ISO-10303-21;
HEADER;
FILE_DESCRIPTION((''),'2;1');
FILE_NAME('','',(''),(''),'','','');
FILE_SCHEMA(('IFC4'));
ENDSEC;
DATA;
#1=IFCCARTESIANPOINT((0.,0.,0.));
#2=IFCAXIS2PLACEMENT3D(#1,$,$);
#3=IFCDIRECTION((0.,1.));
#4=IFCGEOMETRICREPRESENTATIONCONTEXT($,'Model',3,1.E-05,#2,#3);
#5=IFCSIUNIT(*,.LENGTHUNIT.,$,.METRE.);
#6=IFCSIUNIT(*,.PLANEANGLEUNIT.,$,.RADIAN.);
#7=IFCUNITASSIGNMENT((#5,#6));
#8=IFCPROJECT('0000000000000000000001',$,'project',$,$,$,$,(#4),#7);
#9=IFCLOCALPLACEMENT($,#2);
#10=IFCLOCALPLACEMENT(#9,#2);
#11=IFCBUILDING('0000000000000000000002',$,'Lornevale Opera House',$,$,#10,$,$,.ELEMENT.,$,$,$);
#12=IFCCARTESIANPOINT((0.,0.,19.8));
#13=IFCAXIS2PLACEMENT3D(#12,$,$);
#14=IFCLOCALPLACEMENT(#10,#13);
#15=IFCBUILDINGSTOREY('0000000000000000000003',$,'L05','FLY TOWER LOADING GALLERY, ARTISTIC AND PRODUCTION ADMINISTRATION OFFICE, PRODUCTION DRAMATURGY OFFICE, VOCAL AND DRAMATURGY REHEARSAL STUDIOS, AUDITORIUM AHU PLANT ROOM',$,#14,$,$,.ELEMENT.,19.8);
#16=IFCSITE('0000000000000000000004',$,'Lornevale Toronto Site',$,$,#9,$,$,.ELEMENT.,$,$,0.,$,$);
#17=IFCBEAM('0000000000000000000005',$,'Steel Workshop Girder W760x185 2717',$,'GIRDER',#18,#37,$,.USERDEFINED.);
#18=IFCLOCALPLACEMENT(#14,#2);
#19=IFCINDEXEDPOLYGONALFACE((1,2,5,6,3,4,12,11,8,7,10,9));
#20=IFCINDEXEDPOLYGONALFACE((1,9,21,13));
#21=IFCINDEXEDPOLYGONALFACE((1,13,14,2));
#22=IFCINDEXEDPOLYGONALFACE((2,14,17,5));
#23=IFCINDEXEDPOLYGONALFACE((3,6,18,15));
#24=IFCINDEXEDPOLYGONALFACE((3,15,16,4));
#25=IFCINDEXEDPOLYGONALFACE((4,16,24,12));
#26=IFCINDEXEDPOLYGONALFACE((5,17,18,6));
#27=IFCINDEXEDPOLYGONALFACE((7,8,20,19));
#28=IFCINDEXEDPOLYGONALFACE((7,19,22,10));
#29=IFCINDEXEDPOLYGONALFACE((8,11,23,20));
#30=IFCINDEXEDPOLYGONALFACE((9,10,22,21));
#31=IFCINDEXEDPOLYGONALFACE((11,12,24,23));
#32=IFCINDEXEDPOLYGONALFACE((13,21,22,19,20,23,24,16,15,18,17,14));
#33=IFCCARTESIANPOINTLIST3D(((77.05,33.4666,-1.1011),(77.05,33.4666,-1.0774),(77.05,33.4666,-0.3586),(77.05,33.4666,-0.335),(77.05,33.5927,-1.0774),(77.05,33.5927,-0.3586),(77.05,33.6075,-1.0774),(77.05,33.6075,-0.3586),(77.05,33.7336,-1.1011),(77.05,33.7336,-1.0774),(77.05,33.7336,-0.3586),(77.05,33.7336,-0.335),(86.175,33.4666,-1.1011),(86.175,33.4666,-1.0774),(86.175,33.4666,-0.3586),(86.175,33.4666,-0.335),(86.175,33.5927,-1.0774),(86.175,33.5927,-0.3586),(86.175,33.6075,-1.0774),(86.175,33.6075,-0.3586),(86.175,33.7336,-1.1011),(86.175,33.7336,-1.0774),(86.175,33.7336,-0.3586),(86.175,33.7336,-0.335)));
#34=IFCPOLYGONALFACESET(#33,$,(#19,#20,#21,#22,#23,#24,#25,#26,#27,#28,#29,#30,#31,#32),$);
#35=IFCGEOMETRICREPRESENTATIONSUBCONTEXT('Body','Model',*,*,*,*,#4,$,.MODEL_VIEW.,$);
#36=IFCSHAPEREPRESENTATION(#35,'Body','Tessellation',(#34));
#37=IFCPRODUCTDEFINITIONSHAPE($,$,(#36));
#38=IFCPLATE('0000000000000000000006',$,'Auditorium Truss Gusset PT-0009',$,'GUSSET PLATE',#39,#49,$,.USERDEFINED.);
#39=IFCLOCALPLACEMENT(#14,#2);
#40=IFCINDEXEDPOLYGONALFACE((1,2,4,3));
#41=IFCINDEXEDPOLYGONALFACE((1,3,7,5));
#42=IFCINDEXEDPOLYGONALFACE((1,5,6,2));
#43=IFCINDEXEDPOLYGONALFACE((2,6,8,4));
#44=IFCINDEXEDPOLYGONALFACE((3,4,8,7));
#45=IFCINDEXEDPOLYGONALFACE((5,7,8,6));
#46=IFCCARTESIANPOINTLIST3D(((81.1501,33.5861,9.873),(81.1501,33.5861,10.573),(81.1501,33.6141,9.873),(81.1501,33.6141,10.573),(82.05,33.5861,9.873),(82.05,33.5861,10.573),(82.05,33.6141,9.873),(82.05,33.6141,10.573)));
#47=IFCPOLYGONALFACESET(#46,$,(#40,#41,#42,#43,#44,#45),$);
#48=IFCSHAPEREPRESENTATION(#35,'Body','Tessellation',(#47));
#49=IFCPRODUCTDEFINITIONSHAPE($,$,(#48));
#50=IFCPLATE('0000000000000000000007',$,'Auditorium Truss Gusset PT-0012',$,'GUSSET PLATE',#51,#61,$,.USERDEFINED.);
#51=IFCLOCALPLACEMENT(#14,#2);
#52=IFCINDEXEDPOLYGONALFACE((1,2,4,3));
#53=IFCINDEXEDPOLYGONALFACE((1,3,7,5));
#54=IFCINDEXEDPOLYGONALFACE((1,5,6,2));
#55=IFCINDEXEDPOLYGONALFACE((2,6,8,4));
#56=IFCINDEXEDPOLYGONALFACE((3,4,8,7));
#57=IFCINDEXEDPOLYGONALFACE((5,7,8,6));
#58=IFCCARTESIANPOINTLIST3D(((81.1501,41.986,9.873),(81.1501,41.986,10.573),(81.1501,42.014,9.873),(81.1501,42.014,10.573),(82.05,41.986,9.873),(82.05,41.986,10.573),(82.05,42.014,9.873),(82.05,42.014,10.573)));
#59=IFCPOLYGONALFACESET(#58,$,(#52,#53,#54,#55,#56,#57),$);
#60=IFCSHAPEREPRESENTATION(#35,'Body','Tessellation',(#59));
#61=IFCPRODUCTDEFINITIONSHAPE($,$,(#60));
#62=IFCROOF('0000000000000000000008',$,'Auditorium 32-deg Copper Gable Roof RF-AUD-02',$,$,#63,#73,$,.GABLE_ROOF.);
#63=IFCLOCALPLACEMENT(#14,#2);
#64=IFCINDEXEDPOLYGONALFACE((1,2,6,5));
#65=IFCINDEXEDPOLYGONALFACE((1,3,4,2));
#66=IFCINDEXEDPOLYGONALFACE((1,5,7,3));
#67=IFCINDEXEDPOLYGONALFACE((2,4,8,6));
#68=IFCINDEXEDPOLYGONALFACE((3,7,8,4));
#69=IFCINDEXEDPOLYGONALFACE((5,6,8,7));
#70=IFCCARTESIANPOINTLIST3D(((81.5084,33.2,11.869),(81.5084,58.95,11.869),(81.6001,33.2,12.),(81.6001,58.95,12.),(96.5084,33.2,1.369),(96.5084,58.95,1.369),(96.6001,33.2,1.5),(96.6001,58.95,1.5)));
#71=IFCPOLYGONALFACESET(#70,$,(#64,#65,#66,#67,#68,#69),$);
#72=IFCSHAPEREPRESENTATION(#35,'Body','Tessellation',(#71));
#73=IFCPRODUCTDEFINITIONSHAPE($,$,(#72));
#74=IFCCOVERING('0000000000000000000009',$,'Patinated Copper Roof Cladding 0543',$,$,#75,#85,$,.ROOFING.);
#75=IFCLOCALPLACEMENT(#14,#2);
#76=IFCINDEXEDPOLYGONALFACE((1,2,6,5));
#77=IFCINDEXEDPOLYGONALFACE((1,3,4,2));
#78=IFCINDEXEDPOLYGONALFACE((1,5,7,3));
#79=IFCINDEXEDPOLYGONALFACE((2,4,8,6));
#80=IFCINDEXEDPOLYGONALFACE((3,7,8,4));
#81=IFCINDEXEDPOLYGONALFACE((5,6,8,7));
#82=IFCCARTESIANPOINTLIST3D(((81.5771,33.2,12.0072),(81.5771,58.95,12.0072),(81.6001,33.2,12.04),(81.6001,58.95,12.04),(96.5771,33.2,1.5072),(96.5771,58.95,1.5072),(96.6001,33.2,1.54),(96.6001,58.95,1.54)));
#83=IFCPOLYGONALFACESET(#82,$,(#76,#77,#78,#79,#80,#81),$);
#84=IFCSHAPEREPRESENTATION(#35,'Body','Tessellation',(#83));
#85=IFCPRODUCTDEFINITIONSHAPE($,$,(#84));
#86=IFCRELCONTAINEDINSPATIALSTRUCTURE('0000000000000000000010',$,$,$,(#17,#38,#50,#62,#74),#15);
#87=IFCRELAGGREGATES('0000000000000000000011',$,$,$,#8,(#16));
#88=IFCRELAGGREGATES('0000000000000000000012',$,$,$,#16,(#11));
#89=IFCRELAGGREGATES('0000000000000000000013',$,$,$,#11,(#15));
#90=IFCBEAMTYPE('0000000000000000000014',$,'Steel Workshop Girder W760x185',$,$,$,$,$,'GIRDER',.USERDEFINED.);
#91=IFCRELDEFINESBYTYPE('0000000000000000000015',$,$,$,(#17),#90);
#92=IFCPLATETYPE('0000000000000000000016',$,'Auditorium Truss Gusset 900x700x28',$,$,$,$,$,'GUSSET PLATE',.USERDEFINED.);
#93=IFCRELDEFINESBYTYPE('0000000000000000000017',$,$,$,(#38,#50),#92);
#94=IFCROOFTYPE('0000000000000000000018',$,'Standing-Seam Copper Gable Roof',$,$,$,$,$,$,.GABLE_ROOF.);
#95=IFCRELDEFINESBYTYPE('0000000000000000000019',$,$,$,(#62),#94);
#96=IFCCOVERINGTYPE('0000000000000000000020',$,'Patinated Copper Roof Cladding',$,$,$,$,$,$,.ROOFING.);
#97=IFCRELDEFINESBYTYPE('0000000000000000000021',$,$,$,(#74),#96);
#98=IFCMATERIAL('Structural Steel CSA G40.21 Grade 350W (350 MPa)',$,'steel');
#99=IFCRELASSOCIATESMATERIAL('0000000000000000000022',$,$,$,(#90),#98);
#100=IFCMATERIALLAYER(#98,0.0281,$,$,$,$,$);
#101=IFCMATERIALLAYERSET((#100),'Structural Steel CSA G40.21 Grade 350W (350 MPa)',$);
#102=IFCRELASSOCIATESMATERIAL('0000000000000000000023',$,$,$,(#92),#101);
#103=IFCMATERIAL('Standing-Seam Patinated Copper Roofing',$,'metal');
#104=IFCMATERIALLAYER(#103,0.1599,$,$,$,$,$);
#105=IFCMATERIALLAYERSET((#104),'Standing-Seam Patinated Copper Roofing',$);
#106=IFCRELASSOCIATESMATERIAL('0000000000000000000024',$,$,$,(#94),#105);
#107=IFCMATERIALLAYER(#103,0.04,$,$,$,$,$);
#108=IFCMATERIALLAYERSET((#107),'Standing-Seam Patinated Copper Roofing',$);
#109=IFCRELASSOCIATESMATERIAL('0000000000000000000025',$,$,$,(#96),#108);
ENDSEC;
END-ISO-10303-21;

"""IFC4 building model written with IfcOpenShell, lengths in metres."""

from ifc_helpers import new_model, si_unit, direction, frame, origin, origin_2d, place, context, subcontext, project, spatial, polyline, rectangle, i_section, outline, extrude, material, layer, layer_set, material_profile, profile_set, type_object, element, save


model = new_model("IFC4")

# Units and contexts
model_context = context("Model", 3, precision=1e-05, world=origin(), true_north=direction((0.0, 1.0)))
body_context = subcontext(model_context, "Body", "Model", "MODEL_VIEW")
ifc_project = project(units=[si_unit("LENGTHUNIT", "METRE"), si_unit("PLANEANGLEUNIT", "RADIAN")], contexts=[model_context])

# Site, building, storey
site_placement = place(None, origin())
site = spatial("IfcSite", under=ifc_project, at=site_placement, Name="Lornevale Toronto Site", CompositionType="ELEMENT", RefElevation=0.0)
building_placement = place(site_placement, origin())
building = spatial("IfcBuilding", under=site, at=building_placement, Name="Lornevale Opera House", CompositionType="ELEMENT")
storey_placement = place(building_placement, frame((0.0, 0.0, 19.8)))
storey = spatial("IfcBuildingStorey", under=building, at=storey_placement, Name="L05", Description="FLY TOWER LOADING GALLERY, ARTISTIC AND PRODUCTION ADMINISTRATION OFFICE, PRODUCTION DRAMATURGY OFFICE, VOCAL AND DRAMATURGY REHEARSAL STUDIOS, AUDITORIUM AHU PLANT ROOM", CompositionType="ELEMENT", Elevation=19.8)

# Shared definitions
ifc_material_1 = material(Name="Structural Steel CSA G40.21 Grade 350W (350 MPa)", Category="steel")

# Beam
ifc_material_profile_1 = material_profile(ifc_material_1, i_section(OverallWidth=0.2671, OverallDepth=0.7661, WebThickness=0.0149, FlangeThickness=0.0237, at=origin_2d()), Name="W760x185")
ifc_profile_set_1 = profile_set([ifc_material_profile_1], Name="Structural Steel CSA G40.21 Grade 350W (350 MPa)")
beam_type_1 = type_object("IfcBeamType", Name="Steel Workshop Girder W760x185", ElementType="GIRDER", PredefinedType="USERDEFINED", material=ifc_profile_set_1)
beam_1_placement = place(storey_placement, frame((77.05, 33.6001, -0.718), z_axis=(1.0, 0.0, 0.0), x_axis=(0.0, 1.0, 0.0)))
element("IfcBeam", 1, at=beam_1_placement, inside=storey, type_object=beam_type_1, Name="Steel Workshop Girder W760x185 2717", ObjectType="GIRDER", PredefinedType="USERDEFINED", context=body_context, shape_type="SweptSolid", body=[
    extrude(i_section(OverallWidth=0.2671, OverallDepth=0.7661, WebThickness=0.0149, FlangeThickness=0.0237, at=origin_2d()), origin(), (0.0, 0.0, 1.0), 9.125),
])

# Plates
ifc_layer_1 = layer(ifc_material_1, 0.0281)
ifc_layer_set_1 = layer_set([ifc_layer_1], Name="Structural Steel CSA G40.21 Grade 350W (350 MPa)")
plate_type = type_object("IfcPlateType", Name="Auditorium Truss Gusset 900x700x28", ElementType="GUSSET PLATE", PredefinedType="USERDEFINED", material=ifc_layer_set_1)
for number, where, z_axis, x_axis, name in (
    (2, (81.6001, 33.6001, 9.873), (0.0, 0.0, 1.0), (1.0, 0.0, 0.0), "Auditorium Truss Gusset PT-0009"),
    (3, (81.6001, 42.0, 9.873), (0.0, 0.0, 1.0), (1.0, 0.0, 0.0), "Auditorium Truss Gusset PT-0012"),
):
    element("IfcPlate", number, at=place(storey_placement, frame(where, z_axis=z_axis, x_axis=x_axis)), inside=storey, type_object=plate_type, Name=name, ObjectType="GUSSET PLATE", PredefinedType="USERDEFINED", context=body_context, shape_type="SweptSolid", body=[
        extrude(rectangle(XDim=0.8999, YDim=0.0281, at=origin_2d()), origin(), (0.0, 0.0, 1.0), 0.7),
    ])

# Roof
ifc_material_2 = material(Name="Standing-Seam Patinated Copper Roofing", Category="metal")
ifc_layer_2 = layer(ifc_material_2, 0.1599)
ifc_layer_set_2 = layer_set([ifc_layer_2], Name="Standing-Seam Patinated Copper Roofing")
roof_type = type_object("IfcRoofType", Name="Standing-Seam Copper Gable Roof", PredefinedType="GABLE_ROOF", material=ifc_layer_set_2)
roof_placement = place(storey_placement, frame((81.6001, 33.2, 12.0), z_axis=(0.573462, 0.0, 0.819232), x_axis=(0.819232, 0.0, -0.573462)))
element("IfcRoof", 4, at=roof_placement, inside=storey, type_object=roof_type, Name="Auditorium 32-deg Copper Gable Roof RF-AUD-02", PredefinedType="GABLE_ROOF", context=body_context, shape_type="SweptSolid", body=[
    extrude(outline(polyline([(0.0, 0.0), (18.3098, 0.0), (18.3098, 25.75), (0.0, 25.75), (0.0, 0.0)])), origin(), (0.0, 0.0, -1.0), 0.1599),
])

# Covering
ifc_layer_3 = layer(ifc_material_2, 0.04)
ifc_layer_set_3 = layer_set([ifc_layer_3], Name="Standing-Seam Patinated Copper Roofing")
covering_type = type_object("IfcCoveringType", Name="Patinated Copper Roof Cladding", PredefinedType="ROOFING", material=ifc_layer_set_3)
covering_placement = place(storey_placement, frame((81.6001, 33.2, 12.04), z_axis=(0.573462, 0.0, 0.819232), x_axis=(0.819232, 0.0, -0.573462)))
element("IfcCovering", 5, at=covering_placement, inside=storey, type_object=covering_type, Name="Patinated Copper Roof Cladding 0543", PredefinedType="ROOFING", context=body_context, shape_type="SweptSolid", body=[
    extrude(outline(polyline([(0.0, 0.0), (18.3098, 0.0), (18.3098, 25.75), (0.0, 25.75), (0.0, 0.0)])), origin(), (0.0, 0.0, -1.0), 0.04),
])

save(model, "model.ifc")
